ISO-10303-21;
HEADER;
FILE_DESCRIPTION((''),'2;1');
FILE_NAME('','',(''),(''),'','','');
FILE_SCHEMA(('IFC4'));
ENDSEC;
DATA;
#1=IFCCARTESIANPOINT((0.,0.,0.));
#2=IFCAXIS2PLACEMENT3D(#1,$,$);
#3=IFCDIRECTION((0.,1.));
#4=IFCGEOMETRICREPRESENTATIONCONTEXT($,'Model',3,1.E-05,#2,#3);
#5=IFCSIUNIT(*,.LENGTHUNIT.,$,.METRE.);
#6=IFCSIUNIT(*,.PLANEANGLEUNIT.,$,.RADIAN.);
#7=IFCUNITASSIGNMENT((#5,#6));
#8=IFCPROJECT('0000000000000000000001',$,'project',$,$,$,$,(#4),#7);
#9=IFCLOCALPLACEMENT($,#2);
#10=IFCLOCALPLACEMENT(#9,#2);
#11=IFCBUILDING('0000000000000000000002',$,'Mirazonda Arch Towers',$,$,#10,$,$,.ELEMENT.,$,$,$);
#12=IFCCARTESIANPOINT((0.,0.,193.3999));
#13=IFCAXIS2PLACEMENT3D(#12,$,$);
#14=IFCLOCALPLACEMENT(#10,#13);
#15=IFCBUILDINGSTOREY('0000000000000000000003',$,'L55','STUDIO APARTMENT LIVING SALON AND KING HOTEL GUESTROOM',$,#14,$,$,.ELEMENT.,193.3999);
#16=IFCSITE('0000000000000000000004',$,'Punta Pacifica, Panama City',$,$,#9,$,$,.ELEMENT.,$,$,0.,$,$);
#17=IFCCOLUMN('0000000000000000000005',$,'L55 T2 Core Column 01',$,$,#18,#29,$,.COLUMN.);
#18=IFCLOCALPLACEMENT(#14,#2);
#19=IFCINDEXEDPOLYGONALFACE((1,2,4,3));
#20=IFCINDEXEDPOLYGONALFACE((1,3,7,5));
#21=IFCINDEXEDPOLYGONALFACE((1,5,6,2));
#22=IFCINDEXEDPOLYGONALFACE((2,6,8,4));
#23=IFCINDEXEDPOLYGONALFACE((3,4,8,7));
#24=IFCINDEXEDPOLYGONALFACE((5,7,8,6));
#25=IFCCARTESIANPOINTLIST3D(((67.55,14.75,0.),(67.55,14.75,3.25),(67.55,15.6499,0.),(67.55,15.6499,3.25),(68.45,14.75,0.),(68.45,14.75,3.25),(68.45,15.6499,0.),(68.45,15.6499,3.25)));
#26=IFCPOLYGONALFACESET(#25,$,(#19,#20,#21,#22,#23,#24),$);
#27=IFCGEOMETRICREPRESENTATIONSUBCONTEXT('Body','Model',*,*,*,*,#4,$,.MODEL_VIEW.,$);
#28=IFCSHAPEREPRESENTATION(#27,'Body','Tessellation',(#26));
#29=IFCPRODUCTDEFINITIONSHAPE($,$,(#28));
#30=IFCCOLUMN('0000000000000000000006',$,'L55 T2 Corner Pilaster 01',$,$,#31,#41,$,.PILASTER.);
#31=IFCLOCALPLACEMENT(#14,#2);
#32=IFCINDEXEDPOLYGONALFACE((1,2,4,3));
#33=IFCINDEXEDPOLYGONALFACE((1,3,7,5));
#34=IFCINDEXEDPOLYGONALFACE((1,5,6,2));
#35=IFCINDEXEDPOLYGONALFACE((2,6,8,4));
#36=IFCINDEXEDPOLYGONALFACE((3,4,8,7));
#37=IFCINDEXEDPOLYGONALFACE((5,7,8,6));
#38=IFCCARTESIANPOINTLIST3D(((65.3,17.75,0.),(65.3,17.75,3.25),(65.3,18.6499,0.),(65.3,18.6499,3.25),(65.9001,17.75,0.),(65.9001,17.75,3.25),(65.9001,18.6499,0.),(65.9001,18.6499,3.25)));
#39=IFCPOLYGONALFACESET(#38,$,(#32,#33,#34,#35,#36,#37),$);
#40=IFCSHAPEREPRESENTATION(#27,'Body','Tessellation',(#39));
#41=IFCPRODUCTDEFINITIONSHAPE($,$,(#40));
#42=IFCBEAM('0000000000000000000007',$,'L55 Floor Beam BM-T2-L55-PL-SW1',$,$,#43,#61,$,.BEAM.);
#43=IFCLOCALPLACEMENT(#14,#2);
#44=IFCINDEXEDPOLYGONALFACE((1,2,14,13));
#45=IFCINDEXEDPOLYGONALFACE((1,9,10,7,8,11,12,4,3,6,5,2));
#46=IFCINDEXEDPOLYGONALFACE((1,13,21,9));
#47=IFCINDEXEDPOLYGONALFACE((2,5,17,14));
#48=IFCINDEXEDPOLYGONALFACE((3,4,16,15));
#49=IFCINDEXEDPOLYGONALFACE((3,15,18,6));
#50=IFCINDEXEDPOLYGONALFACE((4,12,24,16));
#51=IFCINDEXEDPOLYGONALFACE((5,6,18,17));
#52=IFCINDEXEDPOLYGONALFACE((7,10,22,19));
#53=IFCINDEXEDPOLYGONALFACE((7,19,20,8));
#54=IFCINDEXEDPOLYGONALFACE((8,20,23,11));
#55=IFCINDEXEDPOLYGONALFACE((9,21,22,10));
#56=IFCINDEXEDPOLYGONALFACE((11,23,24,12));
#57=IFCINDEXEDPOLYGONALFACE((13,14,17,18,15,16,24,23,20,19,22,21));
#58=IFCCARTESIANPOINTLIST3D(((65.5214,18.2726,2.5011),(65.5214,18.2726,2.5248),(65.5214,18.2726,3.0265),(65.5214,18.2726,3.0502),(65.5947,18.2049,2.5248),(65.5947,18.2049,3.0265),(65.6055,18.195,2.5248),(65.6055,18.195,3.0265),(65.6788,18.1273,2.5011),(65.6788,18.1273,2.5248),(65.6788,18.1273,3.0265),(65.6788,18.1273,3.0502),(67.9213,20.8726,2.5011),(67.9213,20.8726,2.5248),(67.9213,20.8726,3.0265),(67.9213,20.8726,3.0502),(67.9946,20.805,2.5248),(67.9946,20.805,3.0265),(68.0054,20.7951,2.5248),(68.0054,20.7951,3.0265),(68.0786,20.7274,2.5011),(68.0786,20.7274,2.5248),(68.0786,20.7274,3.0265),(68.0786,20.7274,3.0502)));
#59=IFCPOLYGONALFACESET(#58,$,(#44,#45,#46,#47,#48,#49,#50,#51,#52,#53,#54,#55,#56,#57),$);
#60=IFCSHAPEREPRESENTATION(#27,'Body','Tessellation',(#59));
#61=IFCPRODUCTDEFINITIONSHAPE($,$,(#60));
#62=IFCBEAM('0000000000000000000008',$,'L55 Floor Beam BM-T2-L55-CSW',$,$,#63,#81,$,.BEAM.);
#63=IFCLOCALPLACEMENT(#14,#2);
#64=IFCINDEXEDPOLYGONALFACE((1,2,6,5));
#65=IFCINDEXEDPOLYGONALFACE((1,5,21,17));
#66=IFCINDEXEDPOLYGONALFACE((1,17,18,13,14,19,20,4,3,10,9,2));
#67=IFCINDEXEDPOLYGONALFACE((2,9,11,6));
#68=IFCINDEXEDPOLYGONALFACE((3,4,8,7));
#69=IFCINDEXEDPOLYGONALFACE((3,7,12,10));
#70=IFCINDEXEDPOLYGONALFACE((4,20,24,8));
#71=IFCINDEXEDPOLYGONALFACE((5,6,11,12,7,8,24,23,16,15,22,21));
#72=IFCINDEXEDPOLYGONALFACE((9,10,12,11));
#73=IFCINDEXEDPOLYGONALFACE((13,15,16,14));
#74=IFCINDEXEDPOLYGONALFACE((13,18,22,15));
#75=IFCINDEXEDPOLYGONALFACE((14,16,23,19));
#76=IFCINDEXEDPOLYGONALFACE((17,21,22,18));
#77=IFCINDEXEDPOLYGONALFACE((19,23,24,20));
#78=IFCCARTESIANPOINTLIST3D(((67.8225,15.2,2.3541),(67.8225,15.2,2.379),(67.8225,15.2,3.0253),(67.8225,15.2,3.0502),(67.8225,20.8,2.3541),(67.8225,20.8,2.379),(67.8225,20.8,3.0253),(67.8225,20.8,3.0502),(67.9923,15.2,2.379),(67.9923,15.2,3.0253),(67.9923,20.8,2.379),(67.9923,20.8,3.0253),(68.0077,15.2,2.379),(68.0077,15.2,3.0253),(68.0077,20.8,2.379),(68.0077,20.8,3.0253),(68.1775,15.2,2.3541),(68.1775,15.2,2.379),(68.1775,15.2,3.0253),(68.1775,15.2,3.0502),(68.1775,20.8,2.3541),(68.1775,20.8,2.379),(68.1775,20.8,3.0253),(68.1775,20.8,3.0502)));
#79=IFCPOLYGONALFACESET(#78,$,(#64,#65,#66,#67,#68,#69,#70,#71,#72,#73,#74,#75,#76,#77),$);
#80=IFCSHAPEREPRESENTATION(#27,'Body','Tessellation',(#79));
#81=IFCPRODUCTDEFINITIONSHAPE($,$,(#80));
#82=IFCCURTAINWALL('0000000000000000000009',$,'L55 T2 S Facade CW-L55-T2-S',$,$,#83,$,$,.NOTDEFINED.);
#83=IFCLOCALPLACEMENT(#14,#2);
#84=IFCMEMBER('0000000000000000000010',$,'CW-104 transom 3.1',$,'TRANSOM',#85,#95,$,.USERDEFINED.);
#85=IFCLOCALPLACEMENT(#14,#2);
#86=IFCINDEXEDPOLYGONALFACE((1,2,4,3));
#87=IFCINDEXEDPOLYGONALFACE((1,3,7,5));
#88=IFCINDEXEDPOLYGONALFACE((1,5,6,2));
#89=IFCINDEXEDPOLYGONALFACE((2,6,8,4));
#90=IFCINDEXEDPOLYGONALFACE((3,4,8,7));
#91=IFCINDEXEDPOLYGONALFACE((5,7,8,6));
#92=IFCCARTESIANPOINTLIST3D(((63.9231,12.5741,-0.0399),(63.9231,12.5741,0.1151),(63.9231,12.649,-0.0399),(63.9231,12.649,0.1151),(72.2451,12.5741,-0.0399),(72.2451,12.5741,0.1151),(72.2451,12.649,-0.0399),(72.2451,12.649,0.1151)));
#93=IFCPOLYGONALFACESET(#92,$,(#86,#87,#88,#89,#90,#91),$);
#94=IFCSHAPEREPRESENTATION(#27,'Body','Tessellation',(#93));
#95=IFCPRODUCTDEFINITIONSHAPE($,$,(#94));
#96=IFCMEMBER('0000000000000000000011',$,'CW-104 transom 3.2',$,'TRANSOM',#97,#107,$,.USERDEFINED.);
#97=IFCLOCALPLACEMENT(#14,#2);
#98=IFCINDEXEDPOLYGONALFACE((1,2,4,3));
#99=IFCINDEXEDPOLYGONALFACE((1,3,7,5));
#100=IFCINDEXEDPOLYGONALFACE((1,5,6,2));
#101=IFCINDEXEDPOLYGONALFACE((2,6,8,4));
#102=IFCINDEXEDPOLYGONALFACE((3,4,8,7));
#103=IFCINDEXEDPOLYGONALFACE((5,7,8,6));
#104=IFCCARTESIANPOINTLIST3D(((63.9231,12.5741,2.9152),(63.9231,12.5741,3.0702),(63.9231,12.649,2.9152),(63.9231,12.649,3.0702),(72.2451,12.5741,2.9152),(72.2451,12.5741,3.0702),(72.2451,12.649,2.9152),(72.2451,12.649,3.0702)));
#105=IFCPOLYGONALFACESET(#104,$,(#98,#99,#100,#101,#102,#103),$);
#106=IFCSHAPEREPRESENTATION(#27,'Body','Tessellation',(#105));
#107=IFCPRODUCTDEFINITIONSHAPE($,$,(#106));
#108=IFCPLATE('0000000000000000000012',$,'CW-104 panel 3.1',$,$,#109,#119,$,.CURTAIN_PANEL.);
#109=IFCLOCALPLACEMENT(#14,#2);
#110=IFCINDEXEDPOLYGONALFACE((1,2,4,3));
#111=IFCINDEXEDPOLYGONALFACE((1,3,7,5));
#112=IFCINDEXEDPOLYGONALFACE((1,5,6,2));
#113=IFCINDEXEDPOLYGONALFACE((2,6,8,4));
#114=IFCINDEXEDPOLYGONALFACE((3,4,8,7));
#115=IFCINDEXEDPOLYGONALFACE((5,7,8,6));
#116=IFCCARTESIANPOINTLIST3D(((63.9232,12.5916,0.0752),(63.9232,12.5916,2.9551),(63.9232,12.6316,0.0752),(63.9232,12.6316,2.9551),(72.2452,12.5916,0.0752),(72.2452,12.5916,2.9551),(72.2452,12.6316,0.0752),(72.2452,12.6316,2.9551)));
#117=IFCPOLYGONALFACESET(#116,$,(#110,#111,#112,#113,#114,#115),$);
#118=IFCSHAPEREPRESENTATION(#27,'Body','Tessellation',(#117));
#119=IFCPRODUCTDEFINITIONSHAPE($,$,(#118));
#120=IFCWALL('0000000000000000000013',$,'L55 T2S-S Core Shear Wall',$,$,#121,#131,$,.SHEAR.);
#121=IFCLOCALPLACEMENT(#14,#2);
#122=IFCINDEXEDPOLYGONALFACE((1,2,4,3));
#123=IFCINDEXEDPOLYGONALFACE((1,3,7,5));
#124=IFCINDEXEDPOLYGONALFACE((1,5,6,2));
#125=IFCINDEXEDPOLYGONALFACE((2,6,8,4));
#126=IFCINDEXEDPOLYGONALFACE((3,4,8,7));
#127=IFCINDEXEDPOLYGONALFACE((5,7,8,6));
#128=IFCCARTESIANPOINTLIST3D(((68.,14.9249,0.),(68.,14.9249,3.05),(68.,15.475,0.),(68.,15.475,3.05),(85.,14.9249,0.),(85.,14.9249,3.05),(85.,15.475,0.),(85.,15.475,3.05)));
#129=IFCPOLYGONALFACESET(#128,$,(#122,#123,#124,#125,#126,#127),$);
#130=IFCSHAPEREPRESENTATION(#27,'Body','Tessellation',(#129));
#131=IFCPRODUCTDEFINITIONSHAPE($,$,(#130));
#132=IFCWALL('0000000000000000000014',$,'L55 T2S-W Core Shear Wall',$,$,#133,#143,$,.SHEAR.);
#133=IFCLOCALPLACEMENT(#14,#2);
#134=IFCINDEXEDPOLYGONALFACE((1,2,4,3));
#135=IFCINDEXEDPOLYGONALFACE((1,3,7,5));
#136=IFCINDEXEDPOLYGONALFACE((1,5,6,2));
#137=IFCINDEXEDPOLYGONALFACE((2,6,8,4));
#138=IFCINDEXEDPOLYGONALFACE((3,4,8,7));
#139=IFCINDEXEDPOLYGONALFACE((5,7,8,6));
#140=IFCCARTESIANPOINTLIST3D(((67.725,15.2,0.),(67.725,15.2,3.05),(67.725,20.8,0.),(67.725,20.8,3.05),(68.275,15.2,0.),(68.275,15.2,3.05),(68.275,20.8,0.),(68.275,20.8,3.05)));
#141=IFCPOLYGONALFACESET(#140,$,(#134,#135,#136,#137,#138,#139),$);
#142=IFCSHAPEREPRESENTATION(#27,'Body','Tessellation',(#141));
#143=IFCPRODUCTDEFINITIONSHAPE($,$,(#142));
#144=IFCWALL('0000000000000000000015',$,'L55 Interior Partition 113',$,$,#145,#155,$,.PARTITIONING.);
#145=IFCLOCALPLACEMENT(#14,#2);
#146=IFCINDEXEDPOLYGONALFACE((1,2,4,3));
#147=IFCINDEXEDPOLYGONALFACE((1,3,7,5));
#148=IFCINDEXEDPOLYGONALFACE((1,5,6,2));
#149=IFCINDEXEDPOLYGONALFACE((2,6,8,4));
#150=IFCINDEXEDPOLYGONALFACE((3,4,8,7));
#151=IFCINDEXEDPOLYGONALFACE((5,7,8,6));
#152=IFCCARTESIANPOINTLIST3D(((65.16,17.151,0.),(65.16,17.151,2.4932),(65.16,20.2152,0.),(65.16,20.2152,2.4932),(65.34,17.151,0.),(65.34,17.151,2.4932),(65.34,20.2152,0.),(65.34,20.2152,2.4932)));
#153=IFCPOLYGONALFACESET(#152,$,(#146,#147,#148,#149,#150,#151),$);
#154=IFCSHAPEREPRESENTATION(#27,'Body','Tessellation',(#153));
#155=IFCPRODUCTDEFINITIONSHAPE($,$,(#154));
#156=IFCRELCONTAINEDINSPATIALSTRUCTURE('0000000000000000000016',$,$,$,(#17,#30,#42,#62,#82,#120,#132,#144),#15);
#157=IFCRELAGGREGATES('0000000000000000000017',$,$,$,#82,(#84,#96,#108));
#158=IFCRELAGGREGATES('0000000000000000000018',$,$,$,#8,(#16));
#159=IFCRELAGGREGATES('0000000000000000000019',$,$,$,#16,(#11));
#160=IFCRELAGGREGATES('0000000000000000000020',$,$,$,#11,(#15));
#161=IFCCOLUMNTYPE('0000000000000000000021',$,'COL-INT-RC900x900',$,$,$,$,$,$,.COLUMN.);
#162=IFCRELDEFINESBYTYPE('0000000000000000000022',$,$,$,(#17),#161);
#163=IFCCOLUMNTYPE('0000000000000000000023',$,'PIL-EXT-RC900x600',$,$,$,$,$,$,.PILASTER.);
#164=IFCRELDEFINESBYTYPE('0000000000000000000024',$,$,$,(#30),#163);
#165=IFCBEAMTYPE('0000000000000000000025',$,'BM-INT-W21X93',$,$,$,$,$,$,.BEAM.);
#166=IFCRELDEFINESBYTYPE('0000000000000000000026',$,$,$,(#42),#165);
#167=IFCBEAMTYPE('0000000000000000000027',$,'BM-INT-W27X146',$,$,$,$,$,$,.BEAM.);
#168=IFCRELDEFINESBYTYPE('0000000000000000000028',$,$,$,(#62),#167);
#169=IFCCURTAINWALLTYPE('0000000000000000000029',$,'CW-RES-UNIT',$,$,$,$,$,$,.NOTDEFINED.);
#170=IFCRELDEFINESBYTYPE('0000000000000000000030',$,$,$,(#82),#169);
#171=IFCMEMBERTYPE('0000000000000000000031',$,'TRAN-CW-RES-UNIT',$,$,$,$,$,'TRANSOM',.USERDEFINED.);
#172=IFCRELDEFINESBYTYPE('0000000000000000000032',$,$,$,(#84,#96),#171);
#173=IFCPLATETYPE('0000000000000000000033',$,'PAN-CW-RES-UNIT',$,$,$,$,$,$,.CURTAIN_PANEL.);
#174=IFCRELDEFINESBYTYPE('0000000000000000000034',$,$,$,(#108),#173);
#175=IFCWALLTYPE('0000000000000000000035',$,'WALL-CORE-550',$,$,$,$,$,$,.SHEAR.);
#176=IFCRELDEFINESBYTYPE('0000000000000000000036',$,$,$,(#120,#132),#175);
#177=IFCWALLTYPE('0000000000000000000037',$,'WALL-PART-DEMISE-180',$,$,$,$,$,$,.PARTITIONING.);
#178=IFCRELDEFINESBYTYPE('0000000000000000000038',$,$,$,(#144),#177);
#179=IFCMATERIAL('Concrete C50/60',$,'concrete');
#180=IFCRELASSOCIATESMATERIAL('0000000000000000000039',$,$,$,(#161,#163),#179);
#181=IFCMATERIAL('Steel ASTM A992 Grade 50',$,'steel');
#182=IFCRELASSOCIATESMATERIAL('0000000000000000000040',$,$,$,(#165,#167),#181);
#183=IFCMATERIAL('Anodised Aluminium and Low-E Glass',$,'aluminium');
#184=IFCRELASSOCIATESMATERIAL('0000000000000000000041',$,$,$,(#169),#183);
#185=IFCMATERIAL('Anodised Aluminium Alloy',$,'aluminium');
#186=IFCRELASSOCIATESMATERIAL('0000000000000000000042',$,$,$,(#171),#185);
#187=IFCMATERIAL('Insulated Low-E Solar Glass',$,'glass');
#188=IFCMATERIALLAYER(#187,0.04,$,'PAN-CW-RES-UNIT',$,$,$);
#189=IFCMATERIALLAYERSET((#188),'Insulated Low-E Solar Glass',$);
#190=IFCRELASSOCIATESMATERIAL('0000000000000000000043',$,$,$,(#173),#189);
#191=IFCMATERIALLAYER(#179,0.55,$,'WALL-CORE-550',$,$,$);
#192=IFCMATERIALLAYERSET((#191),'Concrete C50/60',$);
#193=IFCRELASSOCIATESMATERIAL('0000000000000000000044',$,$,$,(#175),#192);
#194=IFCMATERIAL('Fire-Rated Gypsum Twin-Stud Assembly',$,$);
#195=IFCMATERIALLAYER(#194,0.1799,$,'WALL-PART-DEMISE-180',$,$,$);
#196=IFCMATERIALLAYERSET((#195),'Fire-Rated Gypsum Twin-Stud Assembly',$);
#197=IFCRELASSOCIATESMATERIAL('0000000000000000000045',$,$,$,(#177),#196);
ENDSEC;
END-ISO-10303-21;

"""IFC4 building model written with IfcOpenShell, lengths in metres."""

from ifc_helpers import new_model, si_unit, direction, frame, frame_2d, origin, origin_2d, place, context, subcontext, project, spatial, rectangle, i_section, extrude, material, layer, layer_set, material_profile, profile_set, type_object, element, aggregate, save


model = new_model("IFC4")

# Units and contexts
model_context = context("Model", 3, precision=1e-05, world=origin(), true_north=direction((0.0, 1.0)))
body_context = subcontext(model_context, "Body", "Model", "MODEL_VIEW")
ifc_project = project(units=[si_unit("LENGTHUNIT", "METRE"), si_unit("PLANEANGLEUNIT", "RADIAN")], contexts=[model_context])

# Site, building, storey
site_placement = place(None, origin())
site = spatial("IfcSite", under=ifc_project, at=site_placement, Name="Punta Pacifica, Panama City", CompositionType="ELEMENT", RefElevation=0.0)
building_placement = place(site_placement, origin())
building = spatial("IfcBuilding", under=site, at=building_placement, Name="Mirazonda Arch Towers", CompositionType="ELEMENT")
storey_placement = place(building_placement, frame((0.0, 0.0, 193.3999)))
storey = spatial("IfcBuildingStorey", under=building, at=storey_placement, Name="L55", Description="STUDIO APARTMENT LIVING SALON AND KING HOTEL GUESTROOM", CompositionType="ELEMENT", Elevation=193.3999)

# Columns
ifc_material_1 = material(Name="Concrete C50/60", Category="concrete")
ifc_material_profile_1 = material_profile(ifc_material_1, rectangle(XDim=0.8999, YDim=0.8999, at=origin_2d()), Name="RC900x900")
ifc_profile_set_1 = profile_set([ifc_material_profile_1], Name="Concrete C50/60")
column_type_1 = type_object("IfcColumnType", Name="COL-INT-RC900x900", PredefinedType="COLUMN", material=ifc_profile_set_1)
column_1_placement = place(storey_placement, frame((68.0, 15.2, 0.0), z_axis=(0.0, 0.0, 1.0), x_axis=(1.0, 0.0, 0.0)))
element("IfcColumn", 1, at=column_1_placement, inside=storey, type_object=column_type_1, Name="L55 T2 Core Column 01", PredefinedType="COLUMN", context=body_context, shape_type="SweptSolid", body=[
    extrude(rectangle(XDim=0.8999, YDim=0.8999, at=origin_2d()), origin(), (0.0, 0.0, 1.0), 3.25),
])
ifc_material_profile_2 = material_profile(ifc_material_1, rectangle(XDim=0.6001, YDim=0.8999, at=origin_2d()), Name="RC900x600")
ifc_profile_set_2 = profile_set([ifc_material_profile_2], Name="Concrete C50/60")
column_type_2 = type_object("IfcColumnType", Name="PIL-EXT-RC900x600", PredefinedType="PILASTER", material=ifc_profile_set_2)
column_2_placement = place(storey_placement, frame((65.6001, 18.2, 0.0), z_axis=(0.0, 0.0, 1.0), x_axis=(1.0, 0.0, 0.0)))
element("IfcColumn", 2, at=column_2_placement, inside=storey, type_object=column_type_2, Name="L55 T2 Corner Pilaster 01", PredefinedType="PILASTER", context=body_context, shape_type="SweptSolid", body=[
    extrude(rectangle(XDim=0.6001, YDim=0.8999, at=origin_2d()), origin(), (0.0, 0.0, 1.0), 3.25),
])

# Beams
ifc_material_2 = material(Name="Steel ASTM A992 Grade 50", Category="steel")
ifc_material_profile_3 = material_profile(ifc_material_2, i_section(OverallWidth=0.2141, OverallDepth=0.5491, WebThickness=0.0146, FlangeThickness=0.0237, at=origin_2d()), Name="W21X93")
ifc_profile_set_3 = profile_set([ifc_material_profile_3], Name="Steel ASTM A992 Grade 50")
beam_type_1 = type_object("IfcBeamType", Name="BM-INT-W21X93", PredefinedType="BEAM", material=ifc_profile_set_3)
beam_1_placement = place(storey_placement, frame((65.6001, 18.2, 2.7756), z_axis=(0.678251, 0.73483, 0.0), x_axis=(-0.73483, 0.678251, 0.0)))
element("IfcBeam", 3, at=beam_1_placement, inside=storey, type_object=beam_type_1, Name="L55 Floor Beam BM-T2-L55-PL-SW1", PredefinedType="BEAM", context=body_context, shape_type="SweptSolid", body=[
    extrude(i_section(OverallWidth=0.2141, OverallDepth=0.5491, WebThickness=0.0146, FlangeThickness=0.0237, at=origin_2d()), origin(), (0.0, 0.0, 1.0), 3.5383),
])
ifc_material_profile_4 = material_profile(ifc_material_2, i_section(OverallWidth=0.355, OverallDepth=0.696, WebThickness=0.0154, FlangeThickness=0.0249, at=origin_2d()), Name="W27X146")
ifc_profile_set_4 = profile_set([ifc_material_profile_4], Name="Steel ASTM A992 Grade 50")
beam_type_2 = type_object("IfcBeamType", Name="BM-INT-W27X146", PredefinedType="BEAM", material=ifc_profile_set_4)
beam_2_placement = place(storey_placement, frame((68.0, 15.2, 2.7021), z_axis=(0.0, 1.0, 0.0), x_axis=(-1.0, 0.0, 0.0)))
element("IfcBeam", 4, at=beam_2_placement, inside=storey, type_object=beam_type_2, Name="L55 Floor Beam BM-T2-L55-CSW", PredefinedType="BEAM", context=body_context, shape_type="SweptSolid", body=[
    extrude(i_section(OverallWidth=0.355, OverallDepth=0.696, WebThickness=0.0154, FlangeThickness=0.0249, at=origin_2d()), origin(), (0.0, 0.0, 1.0), 5.6001),
])

# Curtain wall, members, plate
ifc_material_3 = material(Name="Anodised Aluminium and Low-E Glass", Category="aluminium")
curtain_wall_type = type_object("IfcCurtainWallType", Name="CW-RES-UNIT", PredefinedType="NOTDEFINED", material=ifc_material_3)
curtain_wall_placement = place(storey_placement, origin())
curtain_wall = element("IfcCurtainWall", 5, at=curtain_wall_placement, inside=storey, type_object=curtain_wall_type, Name="L55 T2 S Facade CW-L55-T2-S", PredefinedType="NOTDEFINED")
ifc_material_4 = material(Name="Anodised Aluminium Alloy", Category="aluminium")
ifc_material_profile_5 = material_profile(ifc_material_4, rectangle(XDim=0.075, YDim=0.155, at=origin_2d()), Name="ALU-TRAN-75x155")
ifc_profile_set_5 = profile_set([ifc_material_profile_5], Name="Anodised Aluminium Alloy")
member_type = type_object("IfcMemberType", Name="TRAN-CW-RES-UNIT", ElementType="TRANSOM", PredefinedType="USERDEFINED", material=ifc_profile_set_5)
member_1_placement = place(storey_placement, frame((72.2451, 12.6116, 0.0376), z_axis=(-1.0, 0.0, 0.0), x_axis=(0.0, -1.0, 0.0)))
member_1 = element("IfcMember", 6, at=member_1_placement, type_object=member_type, Name="CW-104 transom 3.1", ObjectType="TRANSOM", PredefinedType="USERDEFINED", context=body_context, shape_type="SweptSolid", body=[
    extrude(rectangle(XDim=0.075, YDim=0.155, at=origin_2d()), origin(), (0.0, 0.0, 1.0), 8.322),
])
member_2_placement = place(storey_placement, frame((72.2451, 12.6116, 2.9927), z_axis=(-1.0, 0.0, 0.0), x_axis=(0.0, -1.0, 0.0)))
member_2 = element("IfcMember", 7, at=member_2_placement, type_object=member_type, Name="CW-104 transom 3.2", ObjectType="TRANSOM", PredefinedType="USERDEFINED", context=body_context, shape_type="SweptSolid", body=[
    extrude(rectangle(XDim=0.075, YDim=0.155, at=origin_2d()), origin(), (0.0, 0.0, 1.0), 8.322),
])
ifc_material_5 = material(Name="Insulated Low-E Solar Glass", Category="glass")
ifc_layer_1 = layer(ifc_material_5, 0.04, Name="PAN-CW-RES-UNIT")
ifc_layer_set_1 = layer_set([ifc_layer_1], Name="Insulated Low-E Solar Glass")
plate_type = type_object("IfcPlateType", Name="PAN-CW-RES-UNIT", PredefinedType="CURTAIN_PANEL", material=ifc_layer_set_1)
plate_placement = place(storey_placement, frame((68.0842, 12.6116, 0.0752), z_axis=(0.0, 0.0, 1.0), x_axis=(-1.0, 0.0, 0.0)))
plate = element("IfcPlate", 8, at=plate_placement, type_object=plate_type, Name="CW-104 panel 3.1", PredefinedType="CURTAIN_PANEL", context=body_context, shape_type="SweptSolid", body=[
    extrude(rectangle(XDim=8.322, YDim=0.04, at=origin_2d()), origin(), (0.0, 0.0, 1.0), 2.8799),
])
aggregate(curtain_wall, [member_1, member_2, plate])

# Walls
ifc_layer_2 = layer(ifc_material_1, 0.55, Name="WALL-CORE-550")
ifc_layer_set_2 = layer_set([ifc_layer_2], Name="Concrete C50/60")
wall_type_1 = type_object("IfcWallType", Name="WALL-CORE-550", PredefinedType="SHEAR", material=ifc_layer_set_2)
wall_1_placement = place(storey_placement, frame((68.0, 15.2, 0.0), z_axis=(0.0, 0.0, 1.0), x_axis=(1.0, 0.0, 0.0)))
element("IfcWall", 9, at=wall_1_placement, inside=storey, type_object=wall_type_1, Name="L55 T2S-S Core Shear Wall", PredefinedType="SHEAR", context=body_context, shape_type="SweptSolid", body=[
    extrude(rectangle(XDim=17.0, YDim=0.55, at=frame_2d((8.5, 0.0))), origin(), (0.0, 0.0, 1.0), 3.05),
])
wall_2_placement = place(storey_placement, frame((68.0, 15.2, 0.0), z_axis=(0.0, 0.0, 1.0), x_axis=(0.0, 1.0, 0.0)))
element("IfcWall", 10, at=wall_2_placement, inside=storey, type_object=wall_type_1, Name="L55 T2S-W Core Shear Wall", PredefinedType="SHEAR", context=body_context, shape_type="SweptSolid", body=[
    extrude(rectangle(XDim=5.6001, YDim=0.55, at=frame_2d((2.8, 0.0))), origin(), (0.0, 0.0, 1.0), 3.05),
])
ifc_material_6 = material(Name="Fire-Rated Gypsum Twin-Stud Assembly")
ifc_layer_3 = layer(ifc_material_6, 0.1799, Name="WALL-PART-DEMISE-180")
ifc_layer_set_3 = layer_set([ifc_layer_3], Name="Fire-Rated Gypsum Twin-Stud Assembly")
wall_type_2 = type_object("IfcWallType", Name="WALL-PART-DEMISE-180", PredefinedType="PARTITIONING", material=ifc_layer_set_3)
wall_3_placement = place(storey_placement, frame((65.25, 17.1509, 0.0), z_axis=(0.0, 0.0, 1.0), x_axis=(0.0, 1.0, 0.0)))
element("IfcWall", 11, at=wall_3_placement, inside=storey, type_object=wall_type_2, Name="L55 Interior Partition 113", PredefinedType="PARTITIONING", context=body_context, shape_type="SweptSolid", body=[
    extrude(rectangle(XDim=3.0642, YDim=0.1799, at=frame_2d((1.5322, 0.0))), origin(), (0.0, 0.0, 1.0), 2.4932),
])

save(model, "model.ifc")
